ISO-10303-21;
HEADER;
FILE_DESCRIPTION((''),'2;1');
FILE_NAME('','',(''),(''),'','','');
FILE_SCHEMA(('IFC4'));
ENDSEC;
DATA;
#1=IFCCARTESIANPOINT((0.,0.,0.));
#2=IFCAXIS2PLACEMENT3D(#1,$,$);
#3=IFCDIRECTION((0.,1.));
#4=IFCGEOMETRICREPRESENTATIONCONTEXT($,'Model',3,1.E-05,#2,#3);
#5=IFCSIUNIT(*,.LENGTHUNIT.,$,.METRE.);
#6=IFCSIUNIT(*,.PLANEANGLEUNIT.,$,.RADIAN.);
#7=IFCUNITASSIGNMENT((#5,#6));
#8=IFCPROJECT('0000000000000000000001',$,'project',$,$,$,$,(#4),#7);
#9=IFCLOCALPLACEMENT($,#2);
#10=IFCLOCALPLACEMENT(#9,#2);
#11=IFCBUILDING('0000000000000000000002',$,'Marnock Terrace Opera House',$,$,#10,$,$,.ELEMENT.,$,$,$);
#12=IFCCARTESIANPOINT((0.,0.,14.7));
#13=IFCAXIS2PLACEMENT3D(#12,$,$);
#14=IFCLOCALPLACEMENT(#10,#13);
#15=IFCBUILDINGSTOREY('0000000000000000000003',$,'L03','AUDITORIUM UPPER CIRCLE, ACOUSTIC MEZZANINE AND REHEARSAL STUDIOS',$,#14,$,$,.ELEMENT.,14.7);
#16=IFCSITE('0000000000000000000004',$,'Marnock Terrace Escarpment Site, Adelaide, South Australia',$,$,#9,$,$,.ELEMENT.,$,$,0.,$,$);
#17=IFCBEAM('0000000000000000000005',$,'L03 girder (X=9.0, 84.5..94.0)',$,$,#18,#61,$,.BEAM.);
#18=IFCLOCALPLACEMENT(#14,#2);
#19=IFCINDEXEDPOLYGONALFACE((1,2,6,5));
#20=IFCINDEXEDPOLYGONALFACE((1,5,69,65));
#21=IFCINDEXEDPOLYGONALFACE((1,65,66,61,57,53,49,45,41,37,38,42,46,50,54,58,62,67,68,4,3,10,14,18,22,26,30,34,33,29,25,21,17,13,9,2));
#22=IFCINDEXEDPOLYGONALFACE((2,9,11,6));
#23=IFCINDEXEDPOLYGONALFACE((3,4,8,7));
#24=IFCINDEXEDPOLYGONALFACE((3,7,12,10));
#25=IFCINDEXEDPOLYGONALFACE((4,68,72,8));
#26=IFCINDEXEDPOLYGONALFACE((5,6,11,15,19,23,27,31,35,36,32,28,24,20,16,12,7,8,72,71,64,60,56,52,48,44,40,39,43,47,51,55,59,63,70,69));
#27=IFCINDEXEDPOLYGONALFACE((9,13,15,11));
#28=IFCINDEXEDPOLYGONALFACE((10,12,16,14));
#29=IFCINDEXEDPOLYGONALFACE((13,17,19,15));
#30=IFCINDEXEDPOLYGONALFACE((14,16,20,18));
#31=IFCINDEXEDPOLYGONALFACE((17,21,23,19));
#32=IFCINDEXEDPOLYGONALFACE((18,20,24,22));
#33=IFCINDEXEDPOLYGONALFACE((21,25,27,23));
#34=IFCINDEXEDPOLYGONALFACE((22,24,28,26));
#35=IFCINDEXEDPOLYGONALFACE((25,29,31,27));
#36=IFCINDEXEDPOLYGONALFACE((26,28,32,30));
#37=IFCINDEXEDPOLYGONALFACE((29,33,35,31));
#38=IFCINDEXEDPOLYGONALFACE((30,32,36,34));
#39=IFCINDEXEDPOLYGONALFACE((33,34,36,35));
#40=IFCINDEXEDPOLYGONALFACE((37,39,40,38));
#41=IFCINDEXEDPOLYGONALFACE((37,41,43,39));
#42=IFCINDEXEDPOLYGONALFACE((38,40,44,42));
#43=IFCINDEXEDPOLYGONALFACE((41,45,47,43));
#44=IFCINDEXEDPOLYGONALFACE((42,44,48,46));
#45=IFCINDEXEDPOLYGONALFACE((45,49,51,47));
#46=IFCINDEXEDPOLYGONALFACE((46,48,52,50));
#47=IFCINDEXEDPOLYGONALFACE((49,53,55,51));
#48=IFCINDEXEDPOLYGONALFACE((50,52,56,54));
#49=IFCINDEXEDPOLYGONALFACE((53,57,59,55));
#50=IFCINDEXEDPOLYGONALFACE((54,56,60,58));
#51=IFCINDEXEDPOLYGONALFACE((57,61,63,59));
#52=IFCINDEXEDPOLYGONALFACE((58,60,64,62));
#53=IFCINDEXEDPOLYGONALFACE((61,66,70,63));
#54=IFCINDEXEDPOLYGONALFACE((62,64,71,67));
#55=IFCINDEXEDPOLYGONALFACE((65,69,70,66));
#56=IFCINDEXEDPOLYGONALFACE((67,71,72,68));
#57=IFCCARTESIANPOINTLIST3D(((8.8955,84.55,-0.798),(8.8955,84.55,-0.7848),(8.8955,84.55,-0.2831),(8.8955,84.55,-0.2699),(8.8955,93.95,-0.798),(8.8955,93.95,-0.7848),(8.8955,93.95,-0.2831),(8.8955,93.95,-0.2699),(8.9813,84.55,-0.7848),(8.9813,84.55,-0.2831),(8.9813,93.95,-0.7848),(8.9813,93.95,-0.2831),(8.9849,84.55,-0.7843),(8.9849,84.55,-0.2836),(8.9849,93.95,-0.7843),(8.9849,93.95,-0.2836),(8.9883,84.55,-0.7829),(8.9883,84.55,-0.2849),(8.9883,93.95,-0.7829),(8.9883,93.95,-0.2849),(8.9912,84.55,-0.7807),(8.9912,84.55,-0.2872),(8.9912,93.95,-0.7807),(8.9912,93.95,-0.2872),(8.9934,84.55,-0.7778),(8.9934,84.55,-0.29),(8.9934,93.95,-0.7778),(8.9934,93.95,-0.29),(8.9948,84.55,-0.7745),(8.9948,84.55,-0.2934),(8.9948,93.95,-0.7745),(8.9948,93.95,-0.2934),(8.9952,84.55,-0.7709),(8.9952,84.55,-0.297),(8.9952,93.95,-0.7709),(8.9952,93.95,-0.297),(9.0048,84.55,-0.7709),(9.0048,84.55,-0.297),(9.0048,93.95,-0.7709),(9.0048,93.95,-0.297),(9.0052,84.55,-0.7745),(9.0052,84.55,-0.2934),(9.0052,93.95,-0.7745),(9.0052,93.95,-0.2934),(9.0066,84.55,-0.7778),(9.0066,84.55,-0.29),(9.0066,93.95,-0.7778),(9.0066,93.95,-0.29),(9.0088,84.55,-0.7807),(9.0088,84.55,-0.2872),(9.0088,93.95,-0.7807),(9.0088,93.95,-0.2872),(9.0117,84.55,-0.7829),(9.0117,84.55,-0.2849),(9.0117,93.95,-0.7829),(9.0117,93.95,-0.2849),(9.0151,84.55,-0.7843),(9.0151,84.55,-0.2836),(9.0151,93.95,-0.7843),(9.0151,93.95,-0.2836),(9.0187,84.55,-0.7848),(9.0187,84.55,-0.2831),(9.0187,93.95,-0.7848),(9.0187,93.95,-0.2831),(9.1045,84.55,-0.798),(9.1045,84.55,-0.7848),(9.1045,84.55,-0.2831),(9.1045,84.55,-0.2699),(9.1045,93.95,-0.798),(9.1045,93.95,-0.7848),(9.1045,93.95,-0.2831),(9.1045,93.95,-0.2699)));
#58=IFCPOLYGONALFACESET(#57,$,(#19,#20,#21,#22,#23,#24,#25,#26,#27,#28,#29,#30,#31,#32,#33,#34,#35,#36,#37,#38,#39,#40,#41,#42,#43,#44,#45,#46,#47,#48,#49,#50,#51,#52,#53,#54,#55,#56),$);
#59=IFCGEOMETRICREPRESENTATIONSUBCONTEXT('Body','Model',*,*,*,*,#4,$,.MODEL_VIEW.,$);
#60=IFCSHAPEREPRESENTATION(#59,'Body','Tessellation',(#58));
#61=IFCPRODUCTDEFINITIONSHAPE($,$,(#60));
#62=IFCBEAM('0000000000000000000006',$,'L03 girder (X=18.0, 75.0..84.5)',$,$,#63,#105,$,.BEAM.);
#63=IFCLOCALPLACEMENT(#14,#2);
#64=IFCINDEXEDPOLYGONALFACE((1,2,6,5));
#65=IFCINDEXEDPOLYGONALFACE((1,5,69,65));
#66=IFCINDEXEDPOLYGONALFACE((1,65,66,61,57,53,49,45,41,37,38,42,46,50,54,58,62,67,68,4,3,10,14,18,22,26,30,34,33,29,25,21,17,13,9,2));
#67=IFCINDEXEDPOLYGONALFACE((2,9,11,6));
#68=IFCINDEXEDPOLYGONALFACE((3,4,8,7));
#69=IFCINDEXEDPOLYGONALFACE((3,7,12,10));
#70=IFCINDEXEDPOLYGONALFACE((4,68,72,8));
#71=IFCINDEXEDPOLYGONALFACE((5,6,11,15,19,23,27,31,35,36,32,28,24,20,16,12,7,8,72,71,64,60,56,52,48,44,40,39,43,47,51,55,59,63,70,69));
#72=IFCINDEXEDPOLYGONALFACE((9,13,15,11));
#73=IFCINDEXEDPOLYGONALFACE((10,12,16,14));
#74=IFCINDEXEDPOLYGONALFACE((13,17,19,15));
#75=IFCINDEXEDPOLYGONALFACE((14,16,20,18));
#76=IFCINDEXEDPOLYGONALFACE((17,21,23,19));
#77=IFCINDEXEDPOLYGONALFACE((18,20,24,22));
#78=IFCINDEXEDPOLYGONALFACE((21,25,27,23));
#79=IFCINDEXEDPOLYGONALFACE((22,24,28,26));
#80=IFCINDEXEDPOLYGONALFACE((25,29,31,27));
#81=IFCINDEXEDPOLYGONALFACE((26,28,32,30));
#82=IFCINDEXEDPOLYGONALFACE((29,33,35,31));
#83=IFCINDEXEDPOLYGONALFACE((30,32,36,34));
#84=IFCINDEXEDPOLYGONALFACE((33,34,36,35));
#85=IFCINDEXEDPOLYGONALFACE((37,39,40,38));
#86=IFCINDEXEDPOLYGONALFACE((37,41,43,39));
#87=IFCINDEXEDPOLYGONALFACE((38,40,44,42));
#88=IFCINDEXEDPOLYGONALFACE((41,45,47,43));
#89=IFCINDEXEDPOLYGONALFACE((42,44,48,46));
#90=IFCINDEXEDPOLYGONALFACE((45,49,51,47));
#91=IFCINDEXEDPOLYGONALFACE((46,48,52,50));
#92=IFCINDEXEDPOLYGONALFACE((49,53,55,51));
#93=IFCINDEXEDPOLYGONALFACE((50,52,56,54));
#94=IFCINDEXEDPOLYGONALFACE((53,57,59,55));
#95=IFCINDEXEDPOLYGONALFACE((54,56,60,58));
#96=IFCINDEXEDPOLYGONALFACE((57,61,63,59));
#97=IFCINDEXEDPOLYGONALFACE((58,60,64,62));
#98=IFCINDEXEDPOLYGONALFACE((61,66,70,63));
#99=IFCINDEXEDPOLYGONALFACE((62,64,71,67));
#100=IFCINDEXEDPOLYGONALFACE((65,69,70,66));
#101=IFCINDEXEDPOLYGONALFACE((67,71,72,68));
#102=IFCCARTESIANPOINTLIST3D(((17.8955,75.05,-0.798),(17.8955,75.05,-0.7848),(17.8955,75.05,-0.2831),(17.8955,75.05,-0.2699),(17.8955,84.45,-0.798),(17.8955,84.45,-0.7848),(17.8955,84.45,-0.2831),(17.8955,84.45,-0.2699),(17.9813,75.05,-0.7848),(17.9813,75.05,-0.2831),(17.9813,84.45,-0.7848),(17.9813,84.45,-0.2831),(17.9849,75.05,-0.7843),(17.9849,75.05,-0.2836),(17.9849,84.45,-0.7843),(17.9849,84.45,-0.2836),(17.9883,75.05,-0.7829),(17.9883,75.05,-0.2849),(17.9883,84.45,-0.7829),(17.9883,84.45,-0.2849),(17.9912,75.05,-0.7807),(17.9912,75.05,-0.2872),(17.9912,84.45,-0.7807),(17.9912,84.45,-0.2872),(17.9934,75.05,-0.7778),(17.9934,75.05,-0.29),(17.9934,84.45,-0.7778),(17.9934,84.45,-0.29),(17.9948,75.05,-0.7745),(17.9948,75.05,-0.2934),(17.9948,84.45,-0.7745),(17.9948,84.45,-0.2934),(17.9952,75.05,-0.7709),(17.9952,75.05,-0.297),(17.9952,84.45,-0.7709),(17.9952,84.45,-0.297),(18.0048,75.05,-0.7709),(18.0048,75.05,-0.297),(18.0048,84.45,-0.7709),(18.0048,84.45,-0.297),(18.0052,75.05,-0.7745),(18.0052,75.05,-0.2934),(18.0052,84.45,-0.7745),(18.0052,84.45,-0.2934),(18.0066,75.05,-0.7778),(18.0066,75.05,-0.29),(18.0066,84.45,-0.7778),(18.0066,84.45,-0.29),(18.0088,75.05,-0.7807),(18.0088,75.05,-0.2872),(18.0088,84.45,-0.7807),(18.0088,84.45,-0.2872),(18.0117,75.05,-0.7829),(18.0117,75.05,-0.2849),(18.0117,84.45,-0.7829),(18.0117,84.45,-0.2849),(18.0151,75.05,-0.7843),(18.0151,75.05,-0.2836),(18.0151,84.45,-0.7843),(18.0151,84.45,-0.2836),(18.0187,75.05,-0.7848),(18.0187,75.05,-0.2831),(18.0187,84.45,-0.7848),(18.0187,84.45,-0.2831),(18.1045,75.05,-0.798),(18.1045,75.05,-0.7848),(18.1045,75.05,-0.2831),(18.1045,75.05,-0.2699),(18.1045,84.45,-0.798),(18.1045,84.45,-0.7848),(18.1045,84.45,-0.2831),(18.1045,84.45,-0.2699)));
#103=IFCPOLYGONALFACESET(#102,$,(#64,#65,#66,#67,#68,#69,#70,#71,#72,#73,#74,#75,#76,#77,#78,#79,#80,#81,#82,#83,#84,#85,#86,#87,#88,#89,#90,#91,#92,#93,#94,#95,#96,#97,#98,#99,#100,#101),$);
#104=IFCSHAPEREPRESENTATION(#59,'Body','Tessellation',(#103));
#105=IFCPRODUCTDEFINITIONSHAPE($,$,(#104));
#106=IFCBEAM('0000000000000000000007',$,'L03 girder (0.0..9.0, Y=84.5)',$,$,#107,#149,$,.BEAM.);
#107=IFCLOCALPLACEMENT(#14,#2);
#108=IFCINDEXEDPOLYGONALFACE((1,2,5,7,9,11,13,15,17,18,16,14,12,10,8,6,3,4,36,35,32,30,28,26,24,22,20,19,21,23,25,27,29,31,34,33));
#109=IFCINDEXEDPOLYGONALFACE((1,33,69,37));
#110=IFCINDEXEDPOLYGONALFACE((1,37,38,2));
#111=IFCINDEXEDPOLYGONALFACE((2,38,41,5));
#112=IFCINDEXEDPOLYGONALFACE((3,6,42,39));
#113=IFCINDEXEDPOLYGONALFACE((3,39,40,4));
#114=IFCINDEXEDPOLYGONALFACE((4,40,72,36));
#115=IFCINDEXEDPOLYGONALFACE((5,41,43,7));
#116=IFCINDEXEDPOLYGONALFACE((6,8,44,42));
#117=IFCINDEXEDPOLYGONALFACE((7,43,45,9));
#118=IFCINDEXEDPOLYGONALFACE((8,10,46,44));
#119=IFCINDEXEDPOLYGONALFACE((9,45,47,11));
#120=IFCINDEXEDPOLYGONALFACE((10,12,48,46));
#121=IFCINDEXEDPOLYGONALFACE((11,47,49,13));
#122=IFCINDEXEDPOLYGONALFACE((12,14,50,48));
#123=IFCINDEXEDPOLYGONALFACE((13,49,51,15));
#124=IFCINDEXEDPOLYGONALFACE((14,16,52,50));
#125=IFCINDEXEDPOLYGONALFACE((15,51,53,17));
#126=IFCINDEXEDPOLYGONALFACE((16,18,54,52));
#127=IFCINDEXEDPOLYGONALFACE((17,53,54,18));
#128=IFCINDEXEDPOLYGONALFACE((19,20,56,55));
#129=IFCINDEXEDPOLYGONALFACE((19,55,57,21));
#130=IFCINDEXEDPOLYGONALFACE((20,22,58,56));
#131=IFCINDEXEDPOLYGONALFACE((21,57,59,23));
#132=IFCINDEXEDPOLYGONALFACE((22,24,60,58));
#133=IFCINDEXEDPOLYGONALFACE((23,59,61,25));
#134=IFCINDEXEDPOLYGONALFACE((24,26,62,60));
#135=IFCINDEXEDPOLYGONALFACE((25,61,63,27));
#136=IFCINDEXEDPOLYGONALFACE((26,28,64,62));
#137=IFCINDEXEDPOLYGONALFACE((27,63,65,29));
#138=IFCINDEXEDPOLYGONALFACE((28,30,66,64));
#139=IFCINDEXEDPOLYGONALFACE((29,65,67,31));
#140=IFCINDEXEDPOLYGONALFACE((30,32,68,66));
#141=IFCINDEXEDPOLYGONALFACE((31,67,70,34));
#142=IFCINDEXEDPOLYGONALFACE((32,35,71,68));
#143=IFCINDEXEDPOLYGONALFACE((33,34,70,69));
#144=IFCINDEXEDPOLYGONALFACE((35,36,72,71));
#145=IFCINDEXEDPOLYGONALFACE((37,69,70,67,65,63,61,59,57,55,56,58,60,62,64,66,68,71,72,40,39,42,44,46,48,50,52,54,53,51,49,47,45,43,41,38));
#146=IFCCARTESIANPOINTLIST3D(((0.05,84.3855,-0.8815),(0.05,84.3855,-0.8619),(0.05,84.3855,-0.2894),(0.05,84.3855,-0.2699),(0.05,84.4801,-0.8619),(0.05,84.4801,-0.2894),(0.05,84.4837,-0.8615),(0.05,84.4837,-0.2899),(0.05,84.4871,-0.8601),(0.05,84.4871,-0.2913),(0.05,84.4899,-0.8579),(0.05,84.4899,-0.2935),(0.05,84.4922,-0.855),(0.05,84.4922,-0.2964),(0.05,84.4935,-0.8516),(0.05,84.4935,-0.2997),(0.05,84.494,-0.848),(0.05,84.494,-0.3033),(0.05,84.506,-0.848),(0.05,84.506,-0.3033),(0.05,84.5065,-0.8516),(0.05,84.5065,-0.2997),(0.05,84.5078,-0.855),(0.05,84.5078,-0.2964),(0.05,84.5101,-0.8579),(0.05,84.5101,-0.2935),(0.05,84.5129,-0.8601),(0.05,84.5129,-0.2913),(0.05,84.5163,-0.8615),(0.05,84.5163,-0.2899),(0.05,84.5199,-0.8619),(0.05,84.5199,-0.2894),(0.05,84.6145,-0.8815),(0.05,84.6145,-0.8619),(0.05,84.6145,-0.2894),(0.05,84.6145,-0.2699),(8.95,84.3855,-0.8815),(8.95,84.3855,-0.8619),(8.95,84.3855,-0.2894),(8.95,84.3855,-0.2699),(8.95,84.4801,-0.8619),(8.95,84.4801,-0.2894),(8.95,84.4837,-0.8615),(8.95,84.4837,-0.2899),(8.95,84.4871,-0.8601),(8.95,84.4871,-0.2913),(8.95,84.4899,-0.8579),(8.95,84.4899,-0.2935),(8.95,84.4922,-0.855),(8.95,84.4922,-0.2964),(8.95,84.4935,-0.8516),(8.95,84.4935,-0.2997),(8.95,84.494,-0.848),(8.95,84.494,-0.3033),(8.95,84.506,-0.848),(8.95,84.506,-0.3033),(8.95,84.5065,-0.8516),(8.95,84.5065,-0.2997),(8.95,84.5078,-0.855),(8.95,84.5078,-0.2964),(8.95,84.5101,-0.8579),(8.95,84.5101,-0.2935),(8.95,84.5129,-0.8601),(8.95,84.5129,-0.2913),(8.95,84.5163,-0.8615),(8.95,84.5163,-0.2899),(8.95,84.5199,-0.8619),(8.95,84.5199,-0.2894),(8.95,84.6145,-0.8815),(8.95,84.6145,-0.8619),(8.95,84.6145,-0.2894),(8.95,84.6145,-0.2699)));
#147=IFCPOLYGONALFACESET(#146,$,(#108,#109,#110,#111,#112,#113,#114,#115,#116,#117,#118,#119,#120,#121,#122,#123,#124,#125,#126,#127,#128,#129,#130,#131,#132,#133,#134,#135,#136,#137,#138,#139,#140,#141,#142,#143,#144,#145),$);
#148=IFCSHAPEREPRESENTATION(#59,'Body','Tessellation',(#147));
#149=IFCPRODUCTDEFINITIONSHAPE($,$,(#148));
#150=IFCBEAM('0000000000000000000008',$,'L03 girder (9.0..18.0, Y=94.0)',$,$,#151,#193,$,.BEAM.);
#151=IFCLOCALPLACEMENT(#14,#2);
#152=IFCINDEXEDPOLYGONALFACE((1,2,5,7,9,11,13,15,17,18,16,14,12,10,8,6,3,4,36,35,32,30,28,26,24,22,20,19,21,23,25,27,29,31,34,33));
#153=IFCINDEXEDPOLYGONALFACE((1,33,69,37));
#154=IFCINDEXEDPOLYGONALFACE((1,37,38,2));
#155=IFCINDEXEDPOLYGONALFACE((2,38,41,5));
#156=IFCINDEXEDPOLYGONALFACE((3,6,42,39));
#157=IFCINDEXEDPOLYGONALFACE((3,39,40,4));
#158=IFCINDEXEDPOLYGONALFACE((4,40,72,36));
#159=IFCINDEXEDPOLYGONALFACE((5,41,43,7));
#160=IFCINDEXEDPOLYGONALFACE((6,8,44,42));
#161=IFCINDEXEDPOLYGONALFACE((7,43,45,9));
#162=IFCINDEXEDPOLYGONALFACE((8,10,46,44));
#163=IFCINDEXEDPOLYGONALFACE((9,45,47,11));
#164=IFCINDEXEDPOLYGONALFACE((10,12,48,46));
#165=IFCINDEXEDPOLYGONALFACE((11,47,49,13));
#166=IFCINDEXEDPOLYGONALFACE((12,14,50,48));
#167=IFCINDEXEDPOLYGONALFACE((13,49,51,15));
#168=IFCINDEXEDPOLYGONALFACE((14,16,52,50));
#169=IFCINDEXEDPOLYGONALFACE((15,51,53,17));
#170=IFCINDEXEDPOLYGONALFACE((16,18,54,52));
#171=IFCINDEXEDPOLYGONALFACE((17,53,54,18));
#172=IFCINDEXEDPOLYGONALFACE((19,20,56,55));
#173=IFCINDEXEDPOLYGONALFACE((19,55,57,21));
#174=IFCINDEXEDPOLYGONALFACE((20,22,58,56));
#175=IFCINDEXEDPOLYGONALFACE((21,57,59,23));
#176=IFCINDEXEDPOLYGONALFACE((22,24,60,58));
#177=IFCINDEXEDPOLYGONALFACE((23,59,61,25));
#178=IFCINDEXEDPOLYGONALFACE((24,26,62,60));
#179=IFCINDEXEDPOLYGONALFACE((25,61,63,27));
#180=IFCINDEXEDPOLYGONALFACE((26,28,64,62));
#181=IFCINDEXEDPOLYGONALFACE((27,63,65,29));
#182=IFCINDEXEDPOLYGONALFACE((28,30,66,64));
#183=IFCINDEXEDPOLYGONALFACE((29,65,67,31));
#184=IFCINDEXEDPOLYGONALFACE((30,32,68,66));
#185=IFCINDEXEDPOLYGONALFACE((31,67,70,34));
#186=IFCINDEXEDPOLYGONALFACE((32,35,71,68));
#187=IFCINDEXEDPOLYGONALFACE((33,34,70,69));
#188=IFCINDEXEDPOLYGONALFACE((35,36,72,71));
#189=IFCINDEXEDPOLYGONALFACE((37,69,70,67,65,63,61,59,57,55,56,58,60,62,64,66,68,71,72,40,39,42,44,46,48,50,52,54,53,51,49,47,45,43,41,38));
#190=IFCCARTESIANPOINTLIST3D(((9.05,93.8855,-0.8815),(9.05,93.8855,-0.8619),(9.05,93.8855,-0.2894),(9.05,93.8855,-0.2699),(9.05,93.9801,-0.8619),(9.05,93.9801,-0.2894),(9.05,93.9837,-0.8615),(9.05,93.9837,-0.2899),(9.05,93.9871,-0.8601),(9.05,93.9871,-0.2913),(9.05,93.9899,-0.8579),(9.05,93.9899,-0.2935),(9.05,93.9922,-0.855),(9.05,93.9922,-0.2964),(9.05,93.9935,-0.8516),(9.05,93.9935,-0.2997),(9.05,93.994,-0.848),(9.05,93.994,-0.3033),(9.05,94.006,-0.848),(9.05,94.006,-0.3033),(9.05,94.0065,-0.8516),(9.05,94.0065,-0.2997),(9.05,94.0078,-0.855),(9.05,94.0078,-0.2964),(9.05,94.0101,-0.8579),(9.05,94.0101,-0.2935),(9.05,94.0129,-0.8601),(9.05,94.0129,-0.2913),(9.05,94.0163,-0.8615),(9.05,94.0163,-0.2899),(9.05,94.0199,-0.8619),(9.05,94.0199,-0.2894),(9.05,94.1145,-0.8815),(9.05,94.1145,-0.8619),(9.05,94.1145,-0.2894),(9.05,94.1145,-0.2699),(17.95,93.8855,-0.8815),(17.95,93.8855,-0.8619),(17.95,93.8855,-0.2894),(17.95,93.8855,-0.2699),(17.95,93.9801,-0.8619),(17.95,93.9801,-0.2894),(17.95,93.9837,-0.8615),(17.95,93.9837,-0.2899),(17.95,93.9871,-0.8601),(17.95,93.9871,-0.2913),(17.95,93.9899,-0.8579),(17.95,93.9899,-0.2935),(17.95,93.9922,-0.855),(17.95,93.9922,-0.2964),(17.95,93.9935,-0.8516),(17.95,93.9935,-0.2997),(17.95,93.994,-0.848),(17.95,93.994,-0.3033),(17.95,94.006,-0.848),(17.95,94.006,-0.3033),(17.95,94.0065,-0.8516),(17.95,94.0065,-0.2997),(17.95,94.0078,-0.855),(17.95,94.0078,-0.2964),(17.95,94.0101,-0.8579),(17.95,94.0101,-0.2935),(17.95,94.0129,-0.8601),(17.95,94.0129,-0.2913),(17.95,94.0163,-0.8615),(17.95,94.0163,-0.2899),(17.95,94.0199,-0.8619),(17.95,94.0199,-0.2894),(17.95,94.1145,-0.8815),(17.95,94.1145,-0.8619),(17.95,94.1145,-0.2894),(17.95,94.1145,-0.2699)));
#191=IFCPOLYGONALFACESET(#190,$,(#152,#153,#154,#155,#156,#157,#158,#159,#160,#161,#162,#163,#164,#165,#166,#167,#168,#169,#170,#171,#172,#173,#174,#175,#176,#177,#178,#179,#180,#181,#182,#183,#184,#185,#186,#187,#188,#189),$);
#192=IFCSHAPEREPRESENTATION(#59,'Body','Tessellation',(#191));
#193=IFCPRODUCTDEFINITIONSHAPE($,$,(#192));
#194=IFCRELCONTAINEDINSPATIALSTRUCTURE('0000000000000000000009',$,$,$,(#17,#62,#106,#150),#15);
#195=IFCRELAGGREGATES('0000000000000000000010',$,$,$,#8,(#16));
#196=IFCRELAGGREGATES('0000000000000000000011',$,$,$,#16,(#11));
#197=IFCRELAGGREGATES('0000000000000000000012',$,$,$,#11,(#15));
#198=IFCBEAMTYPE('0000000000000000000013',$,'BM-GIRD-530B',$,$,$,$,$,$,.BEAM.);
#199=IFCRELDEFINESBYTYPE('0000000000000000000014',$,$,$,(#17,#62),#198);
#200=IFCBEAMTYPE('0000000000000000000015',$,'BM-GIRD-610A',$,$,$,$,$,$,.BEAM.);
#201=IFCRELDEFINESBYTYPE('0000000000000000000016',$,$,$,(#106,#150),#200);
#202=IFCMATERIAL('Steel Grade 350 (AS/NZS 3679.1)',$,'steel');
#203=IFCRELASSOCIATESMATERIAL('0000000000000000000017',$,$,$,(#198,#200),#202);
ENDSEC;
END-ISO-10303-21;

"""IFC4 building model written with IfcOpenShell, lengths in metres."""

from ifc_helpers import new_model, si_unit, direction, frame, origin, origin_2d, place, context, subcontext, project, spatial, i_section, extrude, material, material_profile, profile_set, type_object, element, save


model = new_model("IFC4")

# Units and contexts
model_context = context("Model", 3, precision=1e-05, world=origin(), true_north=direction((0.0, 1.0)))
body_context = subcontext(model_context, "Body", "Model", "MODEL_VIEW")
ifc_project = project(units=[si_unit("LENGTHUNIT", "METRE"), si_unit("PLANEANGLEUNIT", "RADIAN")], contexts=[model_context])

# Site, building, storey
site_placement = place(None, origin())
site = spatial("IfcSite", under=ifc_project, at=site_placement, Name="Marnock Terrace Escarpment Site, Adelaide, South Australia", CompositionType="ELEMENT", RefElevation=0.0)
building_placement = place(site_placement, origin())
building = spatial("IfcBuilding", under=site, at=building_placement, Name="Marnock Terrace Opera House", CompositionType="ELEMENT")
storey_placement = place(building_placement, frame((0.0, 0.0, 14.7)))
storey = spatial("IfcBuildingStorey", under=building, at=storey_placement, Name="L03", Description="AUDITORIUM UPPER CIRCLE, ACOUSTIC MEZZANINE AND REHEARSAL STUDIOS", CompositionType="ELEMENT", Elevation=14.7)

# Beams
ifc_material = material(Name="Steel Grade 350 (AS/NZS 3679.1)", Category="steel")
ifc_material_profile_1 = material_profile(ifc_material, i_section(OverallWidth=0.209, OverallDepth=0.5281, WebThickness=0.0095, FlangeThickness=0.0132, FilletRadius=0.0139, at=origin_2d()))
ifc_profile_set_1 = profile_set([ifc_material_profile_1], Name="Steel Grade 350 (AS/NZS 3679.1)")
beam_type_1 = type_object("IfcBeamType", Name="BM-GIRD-530B", PredefinedType="BEAM", material=ifc_profile_set_1)
for number, where, z_axis, x_axis, name in (
    (1, (9.0, 84.55, -0.5339), (0.0, 1.0, 0.0), (-1.0, 0.0, 0.0), "L03 girder (X=9.0, 84.5..94.0)"),
    (2, (18.0, 75.05, -0.5339), (0.0, 1.0, 0.0), (-1.0, 0.0, 0.0), "L03 girder (X=18.0, 75.0..84.5)"),
):
    element("IfcBeam", number, at=place(storey_placement, frame(where, z_axis=z_axis, x_axis=x_axis)), inside=storey, type_object=beam_type_1, Name=name, PredefinedType="BEAM", context=body_context, shape_type="SweptSolid", body=[
        extrude(i_section(OverallWidth=0.209, OverallDepth=0.5281, WebThickness=0.0095, FlangeThickness=0.0132, FilletRadius=0.0139, at=origin_2d()), origin(), (0.0, 0.0, 1.0), 9.3999),
    ])
ifc_material_profile_2 = material_profile(ifc_material, i_section(OverallWidth=0.229, OverallDepth=0.6116, WebThickness=0.012, FlangeThickness=0.0195, FilletRadius=0.0139, at=origin_2d()))
ifc_profile_set_2 = profile_set([ifc_material_profile_2], Name="Steel Grade 350 (AS/NZS 3679.1)")
beam_type_2 = type_object("IfcBeamType", Name="BM-GIRD-610A", PredefinedType="BEAM", material=ifc_profile_set_2)
for number, where, z_axis, x_axis, name in (
    (3, (0.05, 84.5, -0.5757), (1.0, 0.0, 0.0), (0.0, 1.0, 0.0), "L03 girder (0.0..9.0, Y=84.5)"),
    (4, (9.05, 94.0, -0.5757), (1.0, 0.0, 0.0), (0.0, 1.0, 0.0), "L03 girder (9.0..18.0, Y=94.0)"),
):
    element("IfcBeam", number, at=place(storey_placement, frame(where, z_axis=z_axis, x_axis=x_axis)), inside=storey, type_object=beam_type_2, Name=name, PredefinedType="BEAM", context=body_context, shape_type="SweptSolid", body=[
        extrude(i_section(OverallWidth=0.229, OverallDepth=0.6116, WebThickness=0.012, FlangeThickness=0.0195, FilletRadius=0.0139, at=origin_2d()), origin(), (0.0, 0.0, 1.0), 8.8999),
    ])

save(model, "model.ifc")
